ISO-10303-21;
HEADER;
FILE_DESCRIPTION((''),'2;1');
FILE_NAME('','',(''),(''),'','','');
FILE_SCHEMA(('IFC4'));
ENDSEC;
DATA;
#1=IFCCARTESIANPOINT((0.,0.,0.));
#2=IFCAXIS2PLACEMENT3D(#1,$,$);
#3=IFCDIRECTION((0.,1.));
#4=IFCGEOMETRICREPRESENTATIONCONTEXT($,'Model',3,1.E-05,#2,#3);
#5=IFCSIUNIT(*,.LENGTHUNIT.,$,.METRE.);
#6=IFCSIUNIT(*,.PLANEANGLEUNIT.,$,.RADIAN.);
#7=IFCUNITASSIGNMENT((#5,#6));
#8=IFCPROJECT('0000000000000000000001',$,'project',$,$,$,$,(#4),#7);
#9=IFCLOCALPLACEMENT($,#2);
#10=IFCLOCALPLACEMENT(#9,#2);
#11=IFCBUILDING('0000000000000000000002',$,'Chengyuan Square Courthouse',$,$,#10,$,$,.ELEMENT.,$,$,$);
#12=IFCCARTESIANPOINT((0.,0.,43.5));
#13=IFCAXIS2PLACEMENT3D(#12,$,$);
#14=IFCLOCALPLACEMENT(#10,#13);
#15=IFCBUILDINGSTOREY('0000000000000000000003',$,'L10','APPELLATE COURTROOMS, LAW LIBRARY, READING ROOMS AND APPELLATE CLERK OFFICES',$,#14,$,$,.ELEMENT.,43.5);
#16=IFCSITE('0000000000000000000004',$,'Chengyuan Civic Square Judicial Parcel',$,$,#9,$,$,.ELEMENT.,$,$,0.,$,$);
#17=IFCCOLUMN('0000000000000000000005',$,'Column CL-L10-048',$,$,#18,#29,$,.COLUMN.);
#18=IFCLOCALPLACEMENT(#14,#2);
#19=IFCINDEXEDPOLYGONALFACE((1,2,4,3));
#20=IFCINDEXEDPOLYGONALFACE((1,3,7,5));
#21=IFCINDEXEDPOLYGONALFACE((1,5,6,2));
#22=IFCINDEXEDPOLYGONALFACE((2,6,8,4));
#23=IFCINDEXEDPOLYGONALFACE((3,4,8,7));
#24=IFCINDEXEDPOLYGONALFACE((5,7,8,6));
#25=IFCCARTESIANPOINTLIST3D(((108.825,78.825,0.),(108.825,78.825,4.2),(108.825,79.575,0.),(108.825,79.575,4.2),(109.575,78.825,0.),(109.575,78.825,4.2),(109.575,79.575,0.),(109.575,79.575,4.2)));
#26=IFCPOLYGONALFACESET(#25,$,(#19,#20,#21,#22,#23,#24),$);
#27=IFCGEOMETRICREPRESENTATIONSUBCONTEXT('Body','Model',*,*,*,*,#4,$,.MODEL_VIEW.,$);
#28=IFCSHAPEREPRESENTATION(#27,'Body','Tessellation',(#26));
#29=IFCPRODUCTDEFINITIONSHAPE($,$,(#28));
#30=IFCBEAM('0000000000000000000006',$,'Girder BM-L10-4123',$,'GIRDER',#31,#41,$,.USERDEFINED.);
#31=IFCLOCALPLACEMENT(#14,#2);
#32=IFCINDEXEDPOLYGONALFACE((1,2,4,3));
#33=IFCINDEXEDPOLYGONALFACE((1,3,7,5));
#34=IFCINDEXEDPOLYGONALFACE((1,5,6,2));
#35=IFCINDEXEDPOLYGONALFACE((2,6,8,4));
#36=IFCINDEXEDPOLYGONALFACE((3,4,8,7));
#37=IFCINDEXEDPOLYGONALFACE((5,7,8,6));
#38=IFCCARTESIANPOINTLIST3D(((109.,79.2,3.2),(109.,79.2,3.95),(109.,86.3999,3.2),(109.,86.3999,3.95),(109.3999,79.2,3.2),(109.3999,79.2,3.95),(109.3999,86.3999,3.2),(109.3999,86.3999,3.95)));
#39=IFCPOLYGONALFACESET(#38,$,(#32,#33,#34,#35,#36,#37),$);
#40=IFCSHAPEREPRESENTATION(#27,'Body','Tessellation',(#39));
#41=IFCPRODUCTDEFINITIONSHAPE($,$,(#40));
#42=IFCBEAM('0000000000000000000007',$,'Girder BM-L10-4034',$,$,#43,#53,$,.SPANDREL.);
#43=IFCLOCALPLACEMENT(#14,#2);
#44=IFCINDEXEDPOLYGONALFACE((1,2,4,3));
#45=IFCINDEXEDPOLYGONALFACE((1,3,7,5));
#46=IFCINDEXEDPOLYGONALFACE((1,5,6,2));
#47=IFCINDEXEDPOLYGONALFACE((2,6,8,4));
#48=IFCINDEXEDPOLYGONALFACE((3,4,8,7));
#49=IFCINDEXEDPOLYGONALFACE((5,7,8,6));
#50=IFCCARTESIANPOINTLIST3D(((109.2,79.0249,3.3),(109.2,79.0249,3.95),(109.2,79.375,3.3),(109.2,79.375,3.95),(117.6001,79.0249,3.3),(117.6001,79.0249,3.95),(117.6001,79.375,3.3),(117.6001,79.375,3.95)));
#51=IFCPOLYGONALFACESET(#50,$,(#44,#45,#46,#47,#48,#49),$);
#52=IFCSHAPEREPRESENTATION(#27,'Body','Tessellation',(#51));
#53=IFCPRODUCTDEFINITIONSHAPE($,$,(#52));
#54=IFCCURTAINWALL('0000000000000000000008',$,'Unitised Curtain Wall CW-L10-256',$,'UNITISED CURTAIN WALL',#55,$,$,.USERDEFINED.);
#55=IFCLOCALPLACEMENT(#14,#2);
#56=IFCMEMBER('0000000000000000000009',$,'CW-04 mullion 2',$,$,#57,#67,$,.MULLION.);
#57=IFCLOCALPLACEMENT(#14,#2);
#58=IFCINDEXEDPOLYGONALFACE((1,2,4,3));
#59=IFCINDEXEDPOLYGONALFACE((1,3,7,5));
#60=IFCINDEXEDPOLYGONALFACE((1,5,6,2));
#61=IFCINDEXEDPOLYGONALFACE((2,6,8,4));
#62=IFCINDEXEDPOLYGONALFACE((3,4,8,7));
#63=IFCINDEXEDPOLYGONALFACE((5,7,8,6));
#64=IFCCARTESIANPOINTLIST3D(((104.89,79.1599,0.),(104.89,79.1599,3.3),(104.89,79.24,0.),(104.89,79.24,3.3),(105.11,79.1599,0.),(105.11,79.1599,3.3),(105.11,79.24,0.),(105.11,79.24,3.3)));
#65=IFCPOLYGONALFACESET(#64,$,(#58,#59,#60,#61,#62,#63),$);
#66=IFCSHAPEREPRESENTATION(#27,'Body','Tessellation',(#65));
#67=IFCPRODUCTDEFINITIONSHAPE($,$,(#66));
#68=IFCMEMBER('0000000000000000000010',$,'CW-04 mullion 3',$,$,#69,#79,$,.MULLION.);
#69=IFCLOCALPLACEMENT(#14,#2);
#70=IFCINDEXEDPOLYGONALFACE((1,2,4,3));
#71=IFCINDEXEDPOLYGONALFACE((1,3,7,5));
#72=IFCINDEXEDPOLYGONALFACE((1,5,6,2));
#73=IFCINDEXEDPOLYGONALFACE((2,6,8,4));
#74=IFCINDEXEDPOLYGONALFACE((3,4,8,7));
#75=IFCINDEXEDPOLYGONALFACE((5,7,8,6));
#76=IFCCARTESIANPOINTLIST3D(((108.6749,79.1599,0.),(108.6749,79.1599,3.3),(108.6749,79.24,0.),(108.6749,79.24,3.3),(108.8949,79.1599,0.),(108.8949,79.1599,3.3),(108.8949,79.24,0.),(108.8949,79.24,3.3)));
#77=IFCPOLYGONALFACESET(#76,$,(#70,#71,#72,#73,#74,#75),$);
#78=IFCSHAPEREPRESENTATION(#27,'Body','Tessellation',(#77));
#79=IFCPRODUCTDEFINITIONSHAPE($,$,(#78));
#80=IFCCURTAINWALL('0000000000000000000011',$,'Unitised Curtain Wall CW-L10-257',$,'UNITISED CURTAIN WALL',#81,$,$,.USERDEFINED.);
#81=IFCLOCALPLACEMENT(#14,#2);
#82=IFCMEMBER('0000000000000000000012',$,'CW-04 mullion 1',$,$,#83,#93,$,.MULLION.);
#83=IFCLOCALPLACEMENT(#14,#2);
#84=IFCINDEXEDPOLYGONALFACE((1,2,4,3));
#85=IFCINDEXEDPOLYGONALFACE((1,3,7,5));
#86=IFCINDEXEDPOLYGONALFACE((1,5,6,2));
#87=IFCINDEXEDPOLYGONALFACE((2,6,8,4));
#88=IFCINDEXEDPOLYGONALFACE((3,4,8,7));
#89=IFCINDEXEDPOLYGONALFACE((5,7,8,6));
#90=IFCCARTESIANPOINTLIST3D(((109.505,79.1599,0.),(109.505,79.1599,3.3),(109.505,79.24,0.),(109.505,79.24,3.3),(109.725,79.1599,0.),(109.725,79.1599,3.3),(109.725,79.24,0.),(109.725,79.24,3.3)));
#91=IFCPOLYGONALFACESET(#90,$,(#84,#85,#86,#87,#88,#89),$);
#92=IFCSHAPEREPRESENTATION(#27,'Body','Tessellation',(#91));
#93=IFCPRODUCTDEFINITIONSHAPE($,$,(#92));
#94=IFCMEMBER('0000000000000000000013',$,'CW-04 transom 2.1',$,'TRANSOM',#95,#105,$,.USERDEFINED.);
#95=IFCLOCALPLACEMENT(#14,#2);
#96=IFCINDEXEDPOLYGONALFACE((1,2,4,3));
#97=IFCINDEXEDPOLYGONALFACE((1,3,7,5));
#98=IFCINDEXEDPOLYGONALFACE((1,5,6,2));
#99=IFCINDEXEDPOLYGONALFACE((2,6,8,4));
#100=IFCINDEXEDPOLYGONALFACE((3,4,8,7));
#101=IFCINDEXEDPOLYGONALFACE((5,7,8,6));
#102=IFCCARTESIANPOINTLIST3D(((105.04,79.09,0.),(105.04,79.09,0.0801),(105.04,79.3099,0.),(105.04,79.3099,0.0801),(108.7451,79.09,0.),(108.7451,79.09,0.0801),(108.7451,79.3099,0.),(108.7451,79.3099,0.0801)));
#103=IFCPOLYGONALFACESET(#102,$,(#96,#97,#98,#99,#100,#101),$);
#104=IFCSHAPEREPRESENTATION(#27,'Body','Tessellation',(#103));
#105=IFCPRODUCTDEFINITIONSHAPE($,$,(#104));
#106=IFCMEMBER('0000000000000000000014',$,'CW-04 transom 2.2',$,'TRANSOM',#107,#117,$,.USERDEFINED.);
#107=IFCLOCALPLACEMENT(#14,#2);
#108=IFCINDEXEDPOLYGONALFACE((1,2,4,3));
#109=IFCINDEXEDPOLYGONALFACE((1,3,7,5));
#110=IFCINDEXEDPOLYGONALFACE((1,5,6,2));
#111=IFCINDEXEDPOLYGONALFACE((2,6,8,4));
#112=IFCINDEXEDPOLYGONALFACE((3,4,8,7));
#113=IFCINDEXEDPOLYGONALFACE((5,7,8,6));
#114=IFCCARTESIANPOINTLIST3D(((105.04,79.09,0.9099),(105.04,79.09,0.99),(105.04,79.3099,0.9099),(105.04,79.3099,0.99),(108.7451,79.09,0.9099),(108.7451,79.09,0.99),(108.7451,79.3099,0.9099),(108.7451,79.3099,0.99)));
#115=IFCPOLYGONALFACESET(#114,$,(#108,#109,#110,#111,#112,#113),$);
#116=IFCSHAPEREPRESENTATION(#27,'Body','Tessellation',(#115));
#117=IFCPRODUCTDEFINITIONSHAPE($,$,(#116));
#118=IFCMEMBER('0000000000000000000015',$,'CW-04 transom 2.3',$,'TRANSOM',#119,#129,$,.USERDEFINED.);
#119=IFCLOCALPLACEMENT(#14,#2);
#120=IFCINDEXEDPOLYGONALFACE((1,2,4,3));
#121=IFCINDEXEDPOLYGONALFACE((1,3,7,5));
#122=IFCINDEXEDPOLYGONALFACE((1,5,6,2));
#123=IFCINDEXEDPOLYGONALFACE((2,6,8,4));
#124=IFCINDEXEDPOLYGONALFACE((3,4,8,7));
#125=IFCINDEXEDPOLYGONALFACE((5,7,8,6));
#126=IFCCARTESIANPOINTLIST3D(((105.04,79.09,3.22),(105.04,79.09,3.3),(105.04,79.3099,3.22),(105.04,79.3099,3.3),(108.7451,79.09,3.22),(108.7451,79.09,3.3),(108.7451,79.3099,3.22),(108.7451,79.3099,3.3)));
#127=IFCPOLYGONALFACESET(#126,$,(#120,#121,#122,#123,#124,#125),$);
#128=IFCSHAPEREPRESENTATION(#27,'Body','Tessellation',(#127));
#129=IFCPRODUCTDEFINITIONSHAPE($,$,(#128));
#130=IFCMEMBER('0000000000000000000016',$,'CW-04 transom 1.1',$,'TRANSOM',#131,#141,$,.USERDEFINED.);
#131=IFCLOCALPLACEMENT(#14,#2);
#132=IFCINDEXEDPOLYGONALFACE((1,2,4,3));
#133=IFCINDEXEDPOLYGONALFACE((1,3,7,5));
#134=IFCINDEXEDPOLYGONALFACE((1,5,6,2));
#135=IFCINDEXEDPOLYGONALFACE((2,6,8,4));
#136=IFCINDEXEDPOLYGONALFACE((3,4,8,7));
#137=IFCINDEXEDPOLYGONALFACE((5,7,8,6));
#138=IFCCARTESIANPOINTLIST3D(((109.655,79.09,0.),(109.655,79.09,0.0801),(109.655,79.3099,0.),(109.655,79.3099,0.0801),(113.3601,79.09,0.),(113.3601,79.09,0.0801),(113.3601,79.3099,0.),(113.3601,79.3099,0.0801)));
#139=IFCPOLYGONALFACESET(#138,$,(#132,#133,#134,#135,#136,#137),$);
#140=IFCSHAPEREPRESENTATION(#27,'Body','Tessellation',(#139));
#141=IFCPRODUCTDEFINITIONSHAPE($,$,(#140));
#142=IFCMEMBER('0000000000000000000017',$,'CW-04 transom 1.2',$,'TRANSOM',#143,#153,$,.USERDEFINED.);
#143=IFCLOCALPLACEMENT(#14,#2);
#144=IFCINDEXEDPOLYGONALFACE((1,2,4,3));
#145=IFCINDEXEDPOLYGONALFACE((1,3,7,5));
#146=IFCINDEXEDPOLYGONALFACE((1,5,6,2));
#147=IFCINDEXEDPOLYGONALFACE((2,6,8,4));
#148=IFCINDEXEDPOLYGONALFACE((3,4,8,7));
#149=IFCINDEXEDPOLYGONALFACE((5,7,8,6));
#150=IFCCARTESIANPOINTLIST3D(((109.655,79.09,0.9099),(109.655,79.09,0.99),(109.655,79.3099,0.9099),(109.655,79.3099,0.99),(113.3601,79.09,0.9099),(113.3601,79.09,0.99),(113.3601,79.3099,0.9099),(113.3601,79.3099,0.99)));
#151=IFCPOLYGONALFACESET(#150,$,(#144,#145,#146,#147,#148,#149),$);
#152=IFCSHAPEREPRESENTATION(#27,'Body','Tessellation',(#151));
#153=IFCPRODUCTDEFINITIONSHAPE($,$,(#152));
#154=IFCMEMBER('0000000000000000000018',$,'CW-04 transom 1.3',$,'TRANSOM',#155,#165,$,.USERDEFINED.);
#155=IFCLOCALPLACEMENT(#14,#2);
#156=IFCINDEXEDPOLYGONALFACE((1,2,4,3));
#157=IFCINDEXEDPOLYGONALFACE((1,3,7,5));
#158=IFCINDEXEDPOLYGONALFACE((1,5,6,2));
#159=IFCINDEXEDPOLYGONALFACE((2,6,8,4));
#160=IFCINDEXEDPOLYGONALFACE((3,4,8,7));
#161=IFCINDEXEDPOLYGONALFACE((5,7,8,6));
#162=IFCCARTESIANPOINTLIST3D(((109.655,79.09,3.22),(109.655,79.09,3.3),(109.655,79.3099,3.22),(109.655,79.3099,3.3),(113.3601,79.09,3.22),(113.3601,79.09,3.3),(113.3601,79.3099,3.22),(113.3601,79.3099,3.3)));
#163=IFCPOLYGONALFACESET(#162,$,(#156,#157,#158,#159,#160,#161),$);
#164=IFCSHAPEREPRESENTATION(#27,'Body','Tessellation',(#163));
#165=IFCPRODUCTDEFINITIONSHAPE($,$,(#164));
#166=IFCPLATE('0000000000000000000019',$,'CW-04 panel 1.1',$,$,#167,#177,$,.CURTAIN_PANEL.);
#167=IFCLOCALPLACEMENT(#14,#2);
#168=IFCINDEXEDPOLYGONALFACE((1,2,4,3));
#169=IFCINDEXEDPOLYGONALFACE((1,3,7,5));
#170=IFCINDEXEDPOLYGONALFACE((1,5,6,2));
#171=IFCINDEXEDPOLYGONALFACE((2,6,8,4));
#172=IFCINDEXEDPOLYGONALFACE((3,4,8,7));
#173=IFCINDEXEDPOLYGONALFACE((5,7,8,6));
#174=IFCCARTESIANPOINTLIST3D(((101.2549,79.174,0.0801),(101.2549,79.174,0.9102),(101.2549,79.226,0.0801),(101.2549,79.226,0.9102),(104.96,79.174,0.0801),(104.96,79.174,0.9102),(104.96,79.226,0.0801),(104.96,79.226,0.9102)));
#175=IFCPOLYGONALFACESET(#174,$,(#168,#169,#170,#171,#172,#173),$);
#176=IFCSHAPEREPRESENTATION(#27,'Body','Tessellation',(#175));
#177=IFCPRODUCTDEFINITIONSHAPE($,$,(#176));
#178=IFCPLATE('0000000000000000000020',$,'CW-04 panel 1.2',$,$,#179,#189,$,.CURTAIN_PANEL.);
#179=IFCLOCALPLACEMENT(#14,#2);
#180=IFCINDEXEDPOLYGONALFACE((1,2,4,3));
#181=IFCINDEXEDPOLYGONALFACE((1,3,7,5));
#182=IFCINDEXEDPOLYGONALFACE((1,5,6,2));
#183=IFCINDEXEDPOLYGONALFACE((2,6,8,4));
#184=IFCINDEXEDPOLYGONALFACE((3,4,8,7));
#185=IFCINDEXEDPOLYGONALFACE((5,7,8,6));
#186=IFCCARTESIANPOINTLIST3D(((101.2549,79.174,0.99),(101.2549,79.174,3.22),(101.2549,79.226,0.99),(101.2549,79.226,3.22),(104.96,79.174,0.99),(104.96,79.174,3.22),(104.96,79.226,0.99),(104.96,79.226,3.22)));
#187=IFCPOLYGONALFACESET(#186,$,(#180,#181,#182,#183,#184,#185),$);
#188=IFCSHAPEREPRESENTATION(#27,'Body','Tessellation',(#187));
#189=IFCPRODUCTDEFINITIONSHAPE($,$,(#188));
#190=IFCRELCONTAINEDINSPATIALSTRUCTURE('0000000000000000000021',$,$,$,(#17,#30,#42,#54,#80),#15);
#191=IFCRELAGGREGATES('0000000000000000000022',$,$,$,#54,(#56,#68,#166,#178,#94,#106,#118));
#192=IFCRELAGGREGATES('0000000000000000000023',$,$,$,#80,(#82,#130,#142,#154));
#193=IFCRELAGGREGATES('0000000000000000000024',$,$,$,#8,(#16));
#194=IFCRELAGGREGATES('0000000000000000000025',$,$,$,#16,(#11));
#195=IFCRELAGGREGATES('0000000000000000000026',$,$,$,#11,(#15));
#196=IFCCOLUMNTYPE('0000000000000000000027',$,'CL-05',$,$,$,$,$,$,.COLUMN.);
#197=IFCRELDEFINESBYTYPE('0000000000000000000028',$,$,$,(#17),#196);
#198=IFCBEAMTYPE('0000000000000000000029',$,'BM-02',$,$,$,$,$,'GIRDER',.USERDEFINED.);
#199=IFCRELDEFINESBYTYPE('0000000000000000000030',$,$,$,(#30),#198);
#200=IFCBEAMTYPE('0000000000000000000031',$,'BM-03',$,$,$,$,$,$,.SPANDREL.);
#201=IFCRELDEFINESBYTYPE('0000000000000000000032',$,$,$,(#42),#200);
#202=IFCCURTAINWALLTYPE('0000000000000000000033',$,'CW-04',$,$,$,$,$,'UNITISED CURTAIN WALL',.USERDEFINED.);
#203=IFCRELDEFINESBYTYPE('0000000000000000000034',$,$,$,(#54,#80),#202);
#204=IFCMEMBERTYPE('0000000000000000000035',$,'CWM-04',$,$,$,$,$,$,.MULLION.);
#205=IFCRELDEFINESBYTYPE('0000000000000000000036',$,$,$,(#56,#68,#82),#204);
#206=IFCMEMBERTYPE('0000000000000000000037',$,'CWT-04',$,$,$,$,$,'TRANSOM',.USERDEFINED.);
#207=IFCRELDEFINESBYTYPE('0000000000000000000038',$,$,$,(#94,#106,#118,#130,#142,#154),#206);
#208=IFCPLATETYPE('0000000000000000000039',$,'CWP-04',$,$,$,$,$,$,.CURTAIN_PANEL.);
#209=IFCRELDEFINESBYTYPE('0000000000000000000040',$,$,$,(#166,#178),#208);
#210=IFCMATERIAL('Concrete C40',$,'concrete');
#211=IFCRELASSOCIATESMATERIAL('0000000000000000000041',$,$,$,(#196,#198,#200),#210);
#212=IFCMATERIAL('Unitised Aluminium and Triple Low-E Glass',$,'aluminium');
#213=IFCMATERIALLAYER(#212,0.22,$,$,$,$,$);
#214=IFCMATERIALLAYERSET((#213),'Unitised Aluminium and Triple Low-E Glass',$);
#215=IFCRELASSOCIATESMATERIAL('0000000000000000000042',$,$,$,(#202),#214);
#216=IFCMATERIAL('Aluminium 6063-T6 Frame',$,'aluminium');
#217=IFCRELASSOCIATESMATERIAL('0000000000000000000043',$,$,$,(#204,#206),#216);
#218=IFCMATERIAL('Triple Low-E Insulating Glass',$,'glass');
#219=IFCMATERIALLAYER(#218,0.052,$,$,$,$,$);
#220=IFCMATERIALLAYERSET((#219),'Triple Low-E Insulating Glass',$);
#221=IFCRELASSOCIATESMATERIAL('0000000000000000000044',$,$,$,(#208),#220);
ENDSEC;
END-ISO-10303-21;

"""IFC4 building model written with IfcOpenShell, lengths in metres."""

from ifc_helpers import new_model, si_unit, direction, frame, origin, origin_2d, place, context, subcontext, project, spatial, rectangle, extrude, material, layer, layer_set, material_profile, profile_set, type_object, element, aggregate, save


model = new_model("IFC4")

# Units and contexts
model_context = context("Model", 3, precision=1e-05, world=origin(), true_north=direction((0.0, 1.0)))
body_context = subcontext(model_context, "Body", "Model", "MODEL_VIEW")
ifc_project = project(units=[si_unit("LENGTHUNIT", "METRE"), si_unit("PLANEANGLEUNIT", "RADIAN")], contexts=[model_context])

# Site, building, storey
site_placement = place(None, origin())
site = spatial("IfcSite", under=ifc_project, at=site_placement, Name="Chengyuan Civic Square Judicial Parcel", CompositionType="ELEMENT", RefElevation=0.0)
building_placement = place(site_placement, origin())
building = spatial("IfcBuilding", under=site, at=building_placement, Name="Chengyuan Square Courthouse", CompositionType="ELEMENT")
storey_placement = place(building_placement, frame((0.0, 0.0, 43.5)))
storey = spatial("IfcBuildingStorey", under=building, at=storey_placement, Name="L10", Description="APPELLATE COURTROOMS, LAW LIBRARY, READING ROOMS AND APPELLATE CLERK OFFICES", CompositionType="ELEMENT", Elevation=43.5)

# Column
ifc_material_1 = material(Name="Concrete C40", Category="concrete")
ifc_material_profile_1 = material_profile(ifc_material_1, rectangle(XDim=0.75, YDim=0.75, at=origin_2d()), Name="RC-COL-750x750")
ifc_profile_set_1 = profile_set([ifc_material_profile_1], Name="Concrete C40")
column_type = type_object("IfcColumnType", Name="CL-05", PredefinedType="COLUMN", material=ifc_profile_set_1)
column_placement = place(storey_placement, frame((109.2, 79.2, 0.0), z_axis=(0.0, 0.0, 1.0), x_axis=(1.0, 0.0, 0.0)))
element("IfcColumn", 1, at=column_placement, inside=storey, type_object=column_type, Name="Column CL-L10-048", PredefinedType="COLUMN", context=body_context, shape_type="SweptSolid", body=[
    extrude(rectangle(XDim=0.75, YDim=0.75, at=origin_2d()), origin(), (0.0, 0.0, 1.0), 4.2),
])

# Beams
ifc_material_profile_2 = material_profile(ifc_material_1, rectangle(XDim=0.3999, YDim=0.75, at=origin_2d()), Name="RC-BM-400x750")
ifc_profile_set_2 = profile_set([ifc_material_profile_2], Name="Concrete C40")
beam_type_1 = type_object("IfcBeamType", Name="BM-02", ElementType="GIRDER", PredefinedType="USERDEFINED", material=ifc_profile_set_2)
beam_1_placement = place(storey_placement, frame((109.2, 79.2, 3.575), z_axis=(0.0, 1.0, 0.0), x_axis=(-1.0, 0.0, 0.0)))
element("IfcBeam", 2, at=beam_1_placement, inside=storey, type_object=beam_type_1, Name="Girder BM-L10-4123", ObjectType="GIRDER", PredefinedType="USERDEFINED", context=body_context, shape_type="SweptSolid", body=[
    extrude(rectangle(XDim=0.3999, YDim=0.75, at=origin_2d()), origin(), (0.0, 0.0, 1.0), 7.2),
])
ifc_material_profile_3 = material_profile(ifc_material_1, rectangle(XDim=0.3501, YDim=0.6499, at=origin_2d()), Name="RC-BM-350x650")
ifc_profile_set_3 = profile_set([ifc_material_profile_3], Name="Concrete C40")
beam_type_2 = type_object("IfcBeamType", Name="BM-03", PredefinedType="SPANDREL", material=ifc_profile_set_3)
beam_2_placement = place(storey_placement, frame((109.2, 79.2, 3.625), z_axis=(1.0, 0.0, 0.0), x_axis=(0.0, 1.0, 0.0)))
element("IfcBeam", 3, at=beam_2_placement, inside=storey, type_object=beam_type_2, Name="Girder BM-L10-4034", PredefinedType="SPANDREL", context=body_context, shape_type="SweptSolid", body=[
    extrude(rectangle(XDim=0.3501, YDim=0.6499, at=origin_2d()), origin(), (0.0, 0.0, 1.0), 8.4001),
])

# Curtain wall, members
ifc_material_2 = material(Name="Unitised Aluminium and Triple Low-E Glass", Category="aluminium")
ifc_layer_1 = layer(ifc_material_2, 0.22)
ifc_layer_set_1 = layer_set([ifc_layer_1], Name="Unitised Aluminium and Triple Low-E Glass")
curtain_wall_type = type_object("IfcCurtainWallType", Name="CW-04", ElementType="UNITISED CURTAIN WALL", PredefinedType="USERDEFINED", material=ifc_layer_set_1)
curtain_wall_1_placement = place(storey_placement, origin())
curtain_wall_1 = element("IfcCurtainWall", 4, at=curtain_wall_1_placement, inside=storey, type_object=curtain_wall_type, Name="Unitised Curtain Wall CW-L10-256", ObjectType="UNITISED CURTAIN WALL", PredefinedType="USERDEFINED")
ifc_material_3 = material(Name="Aluminium 6063-T6 Frame", Category="aluminium")
ifc_material_profile_4 = material_profile(ifc_material_3, rectangle(XDim=0.0801, YDim=0.22, at=origin_2d()), Name="CW-MUL-80x220")
ifc_profile_set_4 = profile_set([ifc_material_profile_4], Name="Aluminium 6063-T6 Frame")
member_type_1 = type_object("IfcMemberType", Name="CWM-04", PredefinedType="MULLION", material=ifc_profile_set_4)
member_1_placement = place(storey_placement, frame((105.0, 79.2, 0.0), z_axis=(0.0, 0.0, 1.0), x_axis=(0.0, 1.0, 0.0)))
member_1 = element("IfcMember", 5, at=member_1_placement, type_object=member_type_1, Name="CW-04 mullion 2", PredefinedType="MULLION", context=body_context, shape_type="SweptSolid", body=[
    extrude(rectangle(XDim=0.0801, YDim=0.22, at=origin_2d()), origin(), (0.0, 0.0, 1.0), 3.3),
])
member_2_placement = place(storey_placement, frame((108.7849, 79.2, 0.0), z_axis=(0.0, 0.0, 1.0), x_axis=(0.0, 1.0, 0.0)))
member_2 = element("IfcMember", 6, at=member_2_placement, type_object=member_type_1, Name="CW-04 mullion 3", PredefinedType="MULLION", context=body_context, shape_type="SweptSolid", body=[
    extrude(rectangle(XDim=0.0801, YDim=0.22, at=origin_2d()), origin(), (0.0, 0.0, 1.0), 3.3),
])

# Curtain wall, member
curtain_wall_2_placement = place(storey_placement, origin())
curtain_wall_2 = element("IfcCurtainWall", 7, at=curtain_wall_2_placement, inside=storey, type_object=curtain_wall_type, Name="Unitised Curtain Wall CW-L10-257", ObjectType="UNITISED CURTAIN WALL", PredefinedType="USERDEFINED")
member_3_placement = place(storey_placement, frame((109.615, 79.2, 0.0), z_axis=(0.0, 0.0, 1.0), x_axis=(0.0, 1.0, 0.0)))
member_3 = element("IfcMember", 8, at=member_3_placement, type_object=member_type_1, Name="CW-04 mullion 1", PredefinedType="MULLION", context=body_context, shape_type="SweptSolid", body=[
    extrude(rectangle(XDim=0.0801, YDim=0.22, at=origin_2d()), origin(), (0.0, 0.0, 1.0), 3.3),
])

# Members
ifc_material_profile_5 = material_profile(ifc_material_3, rectangle(XDim=0.22, YDim=0.0801, at=origin_2d()), Name="CW-TRN-80x180")
ifc_profile_set_5 = profile_set([ifc_material_profile_5], Name="Aluminium 6063-T6 Frame")
member_type_2 = type_object("IfcMemberType", Name="CWT-04", ElementType="TRANSOM", PredefinedType="USERDEFINED", material=ifc_profile_set_5)
member_4_placement = place(storey_placement, frame((105.04, 79.2, 0.04), z_axis=(1.0, 0.0, 0.0), x_axis=(0.0, 1.0, 0.0)))
member_4 = element("IfcMember", 9, at=member_4_placement, type_object=member_type_2, Name="CW-04 transom 2.1", ObjectType="TRANSOM", PredefinedType="USERDEFINED", context=body_context, shape_type="SweptSolid", body=[
    extrude(rectangle(XDim=0.22, YDim=0.0801, at=origin_2d()), origin(), (0.0, 0.0, 1.0), 3.7051),
])
member_5_placement = place(storey_placement, frame((105.04, 79.2, 0.95), z_axis=(1.0, 0.0, 0.0), x_axis=(0.0, 1.0, 0.0)))
member_5 = element("IfcMember", 10, at=member_5_placement, type_object=member_type_2, Name="CW-04 transom 2.2", ObjectType="TRANSOM", PredefinedType="USERDEFINED", context=body_context, shape_type="SweptSolid", body=[
    extrude(rectangle(XDim=0.22, YDim=0.0801, at=origin_2d()), origin(), (0.0, 0.0, 1.0), 3.7051),
])
member_6_placement = place(storey_placement, frame((105.04, 79.2, 3.26), z_axis=(1.0, 0.0, 0.0), x_axis=(0.0, 1.0, 0.0)))
member_6 = element("IfcMember", 11, at=member_6_placement, type_object=member_type_2, Name="CW-04 transom 2.3", ObjectType="TRANSOM", PredefinedType="USERDEFINED", context=body_context, shape_type="SweptSolid", body=[
    extrude(rectangle(XDim=0.22, YDim=0.0801, at=origin_2d()), origin(), (0.0, 0.0, 1.0), 3.7051),
])
member_7_placement = place(storey_placement, frame((109.655, 79.2, 0.04), z_axis=(1.0, 0.0, 0.0), x_axis=(0.0, 1.0, 0.0)))
member_7 = element("IfcMember", 12, at=member_7_placement, type_object=member_type_2, Name="CW-04 transom 1.1", ObjectType="TRANSOM", PredefinedType="USERDEFINED", context=body_context, shape_type="SweptSolid", body=[
    extrude(rectangle(XDim=0.22, YDim=0.0801, at=origin_2d()), origin(), (0.0, 0.0, 1.0), 3.7051),
])
member_8_placement = place(storey_placement, frame((109.655, 79.2, 0.95), z_axis=(1.0, 0.0, 0.0), x_axis=(0.0, 1.0, 0.0)))
member_8 = element("IfcMember", 13, at=member_8_placement, type_object=member_type_2, Name="CW-04 transom 1.2", ObjectType="TRANSOM", PredefinedType="USERDEFINED", context=body_context, shape_type="SweptSolid", body=[
    extrude(rectangle(XDim=0.22, YDim=0.0801, at=origin_2d()), origin(), (0.0, 0.0, 1.0), 3.7051),
])
member_9_placement = place(storey_placement, frame((109.655, 79.2, 3.26), z_axis=(1.0, 0.0, 0.0), x_axis=(0.0, 1.0, 0.0)))
member_9 = element("IfcMember", 14, at=member_9_placement, type_object=member_type_2, Name="CW-04 transom 1.3", ObjectType="TRANSOM", PredefinedType="USERDEFINED", context=body_context, shape_type="SweptSolid", body=[
    extrude(rectangle(XDim=0.22, YDim=0.0801, at=origin_2d()), origin(), (0.0, 0.0, 1.0), 3.7051),
])

# Plates
ifc_material_4 = material(Name="Triple Low-E Insulating Glass", Category="glass")
ifc_layer_2 = layer(ifc_material_4, 0.052)
ifc_layer_set_2 = layer_set([ifc_layer_2], Name="Triple Low-E Insulating Glass")
plate_type = type_object("IfcPlateType", Name="CWP-04", PredefinedType="CURTAIN_PANEL", material=ifc_layer_set_2)
plate_1_placement = place(storey_placement, frame((103.1074, 79.2, 0.0801), z_axis=(0.0, 0.0, 1.0), x_axis=(1.0, 0.0, 0.0)))
plate_1 = element("IfcPlate", 15, at=plate_1_placement, type_object=plate_type, Name="CW-04 panel 1.1", PredefinedType="CURTAIN_PANEL", context=body_context, shape_type="SweptSolid", body=[
    extrude(rectangle(XDim=3.7051, YDim=0.052, at=origin_2d()), origin(), (0.0, 0.0, 1.0), 0.8301),
])
plate_2_placement = place(storey_placement, frame((103.1074, 79.2, 0.99), z_axis=(0.0, 0.0, 1.0), x_axis=(1.0, 0.0, 0.0)))
plate_2 = element("IfcPlate", 16, at=plate_2_placement, type_object=plate_type, Name="CW-04 panel 1.2", PredefinedType="CURTAIN_PANEL", context=body_context, shape_type="SweptSolid", body=[
    extrude(rectangle(XDim=3.7051, YDim=0.052, at=origin_2d()), origin(), (0.0, 0.0, 1.0), 2.23),
])
aggregate(curtain_wall_1, [member_1, member_2, plate_1, plate_2, member_4, member_5, member_6])
aggregate(curtain_wall_2, [member_3, member_7, member_8, member_9])

save(model, "model.ifc")
